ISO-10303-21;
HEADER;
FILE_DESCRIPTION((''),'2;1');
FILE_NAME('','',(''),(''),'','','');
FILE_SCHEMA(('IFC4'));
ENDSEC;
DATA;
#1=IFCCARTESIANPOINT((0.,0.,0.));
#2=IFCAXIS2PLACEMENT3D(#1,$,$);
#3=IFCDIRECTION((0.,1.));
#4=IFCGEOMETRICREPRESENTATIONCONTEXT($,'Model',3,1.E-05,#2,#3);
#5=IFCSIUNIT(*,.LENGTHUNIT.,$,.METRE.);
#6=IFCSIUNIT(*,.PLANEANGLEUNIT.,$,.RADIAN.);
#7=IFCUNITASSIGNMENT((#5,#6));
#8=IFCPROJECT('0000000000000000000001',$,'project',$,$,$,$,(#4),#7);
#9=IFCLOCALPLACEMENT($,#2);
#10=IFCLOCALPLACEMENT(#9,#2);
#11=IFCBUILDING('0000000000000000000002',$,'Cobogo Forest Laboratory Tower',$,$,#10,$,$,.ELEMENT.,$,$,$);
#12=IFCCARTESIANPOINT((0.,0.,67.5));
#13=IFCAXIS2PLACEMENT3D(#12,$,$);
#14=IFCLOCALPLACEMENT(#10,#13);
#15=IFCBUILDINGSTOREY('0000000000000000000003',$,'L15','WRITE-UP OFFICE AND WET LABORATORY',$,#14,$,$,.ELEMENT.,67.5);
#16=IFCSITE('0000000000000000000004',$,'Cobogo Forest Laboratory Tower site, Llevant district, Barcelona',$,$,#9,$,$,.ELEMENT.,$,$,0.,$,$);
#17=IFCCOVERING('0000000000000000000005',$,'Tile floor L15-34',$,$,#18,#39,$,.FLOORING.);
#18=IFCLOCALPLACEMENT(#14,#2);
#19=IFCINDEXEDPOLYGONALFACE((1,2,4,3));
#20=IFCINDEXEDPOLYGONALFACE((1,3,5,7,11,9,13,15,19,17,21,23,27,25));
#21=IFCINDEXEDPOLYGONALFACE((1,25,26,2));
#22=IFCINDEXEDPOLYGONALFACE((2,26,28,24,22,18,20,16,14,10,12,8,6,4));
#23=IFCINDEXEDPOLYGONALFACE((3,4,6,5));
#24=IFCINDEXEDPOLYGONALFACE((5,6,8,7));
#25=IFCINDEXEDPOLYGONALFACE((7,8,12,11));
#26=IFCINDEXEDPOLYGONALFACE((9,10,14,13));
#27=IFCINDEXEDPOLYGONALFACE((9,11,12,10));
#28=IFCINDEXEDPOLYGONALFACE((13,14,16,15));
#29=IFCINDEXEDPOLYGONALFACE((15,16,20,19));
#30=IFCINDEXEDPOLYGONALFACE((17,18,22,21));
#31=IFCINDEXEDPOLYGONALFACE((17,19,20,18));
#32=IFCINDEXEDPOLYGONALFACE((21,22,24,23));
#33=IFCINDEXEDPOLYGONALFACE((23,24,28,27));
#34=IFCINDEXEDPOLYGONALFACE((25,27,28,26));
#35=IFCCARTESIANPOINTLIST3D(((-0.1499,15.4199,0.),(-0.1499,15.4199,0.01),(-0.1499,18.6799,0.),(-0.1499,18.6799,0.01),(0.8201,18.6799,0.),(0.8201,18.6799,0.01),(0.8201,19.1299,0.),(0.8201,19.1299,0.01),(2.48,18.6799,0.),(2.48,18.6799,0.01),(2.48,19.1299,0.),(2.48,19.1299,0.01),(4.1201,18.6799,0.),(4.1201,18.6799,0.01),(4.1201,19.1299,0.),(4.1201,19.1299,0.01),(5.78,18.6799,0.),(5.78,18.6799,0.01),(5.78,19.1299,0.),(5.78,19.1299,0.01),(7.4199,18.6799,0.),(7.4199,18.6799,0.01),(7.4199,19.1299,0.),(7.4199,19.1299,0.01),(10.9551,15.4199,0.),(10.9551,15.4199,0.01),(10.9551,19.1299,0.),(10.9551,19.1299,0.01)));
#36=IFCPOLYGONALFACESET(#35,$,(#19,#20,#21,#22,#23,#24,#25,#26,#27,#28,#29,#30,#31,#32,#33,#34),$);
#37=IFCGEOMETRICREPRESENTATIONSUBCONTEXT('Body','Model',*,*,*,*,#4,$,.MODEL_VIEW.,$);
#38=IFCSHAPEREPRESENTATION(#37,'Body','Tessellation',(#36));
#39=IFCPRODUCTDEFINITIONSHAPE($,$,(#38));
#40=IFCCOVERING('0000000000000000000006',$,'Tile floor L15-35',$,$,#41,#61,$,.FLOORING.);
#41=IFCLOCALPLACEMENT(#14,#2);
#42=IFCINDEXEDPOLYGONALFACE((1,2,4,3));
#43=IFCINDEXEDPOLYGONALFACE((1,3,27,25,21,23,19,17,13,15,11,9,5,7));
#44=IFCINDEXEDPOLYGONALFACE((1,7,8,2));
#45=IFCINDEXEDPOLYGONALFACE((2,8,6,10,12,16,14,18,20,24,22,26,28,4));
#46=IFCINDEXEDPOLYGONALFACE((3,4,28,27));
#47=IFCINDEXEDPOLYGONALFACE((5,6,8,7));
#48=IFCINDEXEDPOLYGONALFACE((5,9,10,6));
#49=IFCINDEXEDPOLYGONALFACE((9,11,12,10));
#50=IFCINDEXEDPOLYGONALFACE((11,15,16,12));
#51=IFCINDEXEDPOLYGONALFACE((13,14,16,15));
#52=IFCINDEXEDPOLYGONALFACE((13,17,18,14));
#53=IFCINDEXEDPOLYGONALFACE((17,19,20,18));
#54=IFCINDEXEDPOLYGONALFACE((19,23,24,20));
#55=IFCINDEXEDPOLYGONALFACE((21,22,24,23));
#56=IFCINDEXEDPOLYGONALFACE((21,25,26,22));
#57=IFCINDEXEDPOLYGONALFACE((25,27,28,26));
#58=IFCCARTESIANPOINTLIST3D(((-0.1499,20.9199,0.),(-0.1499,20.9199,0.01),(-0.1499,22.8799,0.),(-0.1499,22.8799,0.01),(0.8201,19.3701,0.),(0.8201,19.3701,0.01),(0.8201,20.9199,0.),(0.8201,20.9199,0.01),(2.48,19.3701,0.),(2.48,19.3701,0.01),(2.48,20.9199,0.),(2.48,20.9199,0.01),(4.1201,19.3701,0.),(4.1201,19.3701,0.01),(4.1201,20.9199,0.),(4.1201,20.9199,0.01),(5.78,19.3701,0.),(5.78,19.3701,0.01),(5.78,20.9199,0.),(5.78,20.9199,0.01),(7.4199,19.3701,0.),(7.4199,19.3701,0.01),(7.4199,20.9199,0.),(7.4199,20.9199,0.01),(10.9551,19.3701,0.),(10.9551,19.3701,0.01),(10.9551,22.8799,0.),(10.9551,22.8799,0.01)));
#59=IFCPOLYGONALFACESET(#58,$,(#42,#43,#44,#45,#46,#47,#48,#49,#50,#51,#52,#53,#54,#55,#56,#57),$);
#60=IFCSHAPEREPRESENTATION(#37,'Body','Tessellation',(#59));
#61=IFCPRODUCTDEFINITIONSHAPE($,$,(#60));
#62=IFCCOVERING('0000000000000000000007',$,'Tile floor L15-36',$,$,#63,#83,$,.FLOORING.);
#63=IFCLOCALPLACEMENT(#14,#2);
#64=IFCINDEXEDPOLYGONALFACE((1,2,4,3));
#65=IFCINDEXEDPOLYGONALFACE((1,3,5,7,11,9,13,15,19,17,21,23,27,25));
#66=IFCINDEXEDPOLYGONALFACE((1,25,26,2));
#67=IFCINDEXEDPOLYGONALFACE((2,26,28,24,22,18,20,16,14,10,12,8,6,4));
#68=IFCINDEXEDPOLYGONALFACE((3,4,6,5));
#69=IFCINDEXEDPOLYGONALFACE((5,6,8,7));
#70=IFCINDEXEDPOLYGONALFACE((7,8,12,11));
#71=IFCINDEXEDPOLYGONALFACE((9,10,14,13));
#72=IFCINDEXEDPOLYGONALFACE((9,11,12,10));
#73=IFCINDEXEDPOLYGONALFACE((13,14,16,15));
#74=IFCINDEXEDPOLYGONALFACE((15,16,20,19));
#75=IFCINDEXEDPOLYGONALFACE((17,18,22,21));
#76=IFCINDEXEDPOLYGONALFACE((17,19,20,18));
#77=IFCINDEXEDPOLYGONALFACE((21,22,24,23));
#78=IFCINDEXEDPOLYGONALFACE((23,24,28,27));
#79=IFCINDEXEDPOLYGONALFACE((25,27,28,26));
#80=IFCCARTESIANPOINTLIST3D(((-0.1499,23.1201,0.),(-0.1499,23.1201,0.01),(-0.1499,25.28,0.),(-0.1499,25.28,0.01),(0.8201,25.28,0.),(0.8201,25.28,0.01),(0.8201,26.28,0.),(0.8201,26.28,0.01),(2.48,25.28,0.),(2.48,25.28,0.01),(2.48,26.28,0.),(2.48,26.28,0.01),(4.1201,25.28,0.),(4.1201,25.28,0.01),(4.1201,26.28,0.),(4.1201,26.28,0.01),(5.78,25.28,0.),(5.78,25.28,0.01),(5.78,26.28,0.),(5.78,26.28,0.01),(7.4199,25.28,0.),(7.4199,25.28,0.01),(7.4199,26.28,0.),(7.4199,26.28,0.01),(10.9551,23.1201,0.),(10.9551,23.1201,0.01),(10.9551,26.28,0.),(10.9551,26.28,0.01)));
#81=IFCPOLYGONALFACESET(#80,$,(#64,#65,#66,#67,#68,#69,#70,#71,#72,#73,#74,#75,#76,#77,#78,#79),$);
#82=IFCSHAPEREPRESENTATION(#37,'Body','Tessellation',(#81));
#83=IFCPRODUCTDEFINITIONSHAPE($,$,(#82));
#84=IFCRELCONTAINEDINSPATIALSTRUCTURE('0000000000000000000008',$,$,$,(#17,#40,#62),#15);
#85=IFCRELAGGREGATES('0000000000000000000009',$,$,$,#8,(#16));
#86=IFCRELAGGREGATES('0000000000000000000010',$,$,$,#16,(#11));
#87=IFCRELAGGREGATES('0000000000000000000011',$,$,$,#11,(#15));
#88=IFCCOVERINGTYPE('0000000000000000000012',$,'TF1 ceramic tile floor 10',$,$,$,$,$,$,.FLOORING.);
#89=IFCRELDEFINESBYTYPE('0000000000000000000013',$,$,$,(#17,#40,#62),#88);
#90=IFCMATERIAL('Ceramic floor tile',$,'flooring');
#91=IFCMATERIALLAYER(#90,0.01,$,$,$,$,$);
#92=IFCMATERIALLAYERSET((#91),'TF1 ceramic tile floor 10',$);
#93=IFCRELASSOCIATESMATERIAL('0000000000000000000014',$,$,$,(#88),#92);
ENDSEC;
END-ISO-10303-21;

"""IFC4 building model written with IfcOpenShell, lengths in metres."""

from ifc_helpers import new_model, si_unit, direction, frame, origin, place, context, subcontext, project, spatial, polyline, outline, extrude, material, layer, layer_set, type_object, element, save


model = new_model("IFC4")

# Units and contexts
model_context = context("Model", 3, precision=1e-05, world=origin(), true_north=direction((0.0, 1.0)))
body_context = subcontext(model_context, "Body", "Model", "MODEL_VIEW")
ifc_project = project(units=[si_unit("LENGTHUNIT", "METRE"), si_unit("PLANEANGLEUNIT", "RADIAN")], contexts=[model_context])

# Site, building, storey
site_placement = place(None, origin())
site = spatial("IfcSite", under=ifc_project, at=site_placement, Name="Cobogo Forest Laboratory Tower site, Llevant district, Barcelona", CompositionType="ELEMENT", RefElevation=0.0)
building_placement = place(site_placement, origin())
building = spatial("IfcBuilding", under=site, at=building_placement, Name="Cobogo Forest Laboratory Tower", CompositionType="ELEMENT")
storey_placement = place(building_placement, frame((0.0, 0.0, 67.5)))
storey = spatial("IfcBuildingStorey", under=building, at=storey_placement, Name="L15", Description="WRITE-UP OFFICE AND WET LABORATORY", CompositionType="ELEMENT", Elevation=67.5)

# Coverings
ifc_material_1 = material(Name="Ceramic floor tile", Category="flooring")
ifc_layer_1 = layer(ifc_material_1, 0.01)
ifc_layer_set_1 = layer_set([ifc_layer_1], Name="TF1 ceramic tile floor 10")
covering_type_1 = type_object("IfcCoveringType", Name="TF1 ceramic tile floor 10", PredefinedType="FLOORING", material=ifc_layer_set_1)
covering_1_placement = place(storey_placement, origin())
element("IfcCovering", 1, at=covering_1_placement, inside=storey, type_object=covering_type_1, Name="Tile floor L15-34", PredefinedType="FLOORING", context=body_context, shape_type="SweptSolid", body=[
    extrude(outline(polyline([(10.9551, 15.4199), (-0.1499, 15.4199), (-0.1499, 18.6799), (0.8201, 18.6799), (0.8201, 19.1299), (2.48, 19.1299), (2.48, 18.6799), (4.1201, 18.6799), (4.1201, 19.1299), (5.78, 19.1299), (5.78, 18.6799), (7.4199, 18.6799), (7.4199, 19.1299), (10.9551, 19.1299), (10.9551, 15.4199)])), origin(), (0.0, 0.0, 1.0), 0.01),
])
covering_2_placement = place(storey_placement, origin())
element("IfcCovering", 2, at=covering_2_placement, inside=storey, type_object=covering_type_1, Name="Tile floor L15-35", PredefinedType="FLOORING", context=body_context, shape_type="SweptSolid", body=[
    extrude(outline(polyline([(10.9551, 19.3701), (7.4199, 19.3701), (7.4199, 20.9199), (5.78, 20.9199), (5.78, 19.3701), (4.1201, 19.3701), (4.1201, 20.9199), (2.48, 20.9199), (2.48, 19.3701), (0.8201, 19.3701), (0.8201, 20.9199), (-0.1499, 20.9199), (-0.1499, 22.8799), (10.9551, 22.8799), (10.9551, 19.3701)])), origin(), (0.0, 0.0, 1.0), 0.01),
])
covering_3_placement = place(storey_placement, origin())
element("IfcCovering", 3, at=covering_3_placement, inside=storey, type_object=covering_type_1, Name="Tile floor L15-36", PredefinedType="FLOORING", context=body_context, shape_type="SweptSolid", body=[
    extrude(outline(polyline([(10.9551, 23.1201), (-0.1499, 23.1201), (-0.1499, 25.28), (0.8201, 25.28), (0.8201, 26.28), (2.48, 26.28), (2.48, 25.28), (4.1201, 25.28), (4.1201, 26.28), (5.78, 26.28), (5.78, 25.28), (7.4199, 25.28), (7.4199, 26.28), (10.9551, 26.28), (10.9551, 23.1201)])), origin(), (0.0, 0.0, 1.0), 0.01),
])

save(model, "model.ifc")
